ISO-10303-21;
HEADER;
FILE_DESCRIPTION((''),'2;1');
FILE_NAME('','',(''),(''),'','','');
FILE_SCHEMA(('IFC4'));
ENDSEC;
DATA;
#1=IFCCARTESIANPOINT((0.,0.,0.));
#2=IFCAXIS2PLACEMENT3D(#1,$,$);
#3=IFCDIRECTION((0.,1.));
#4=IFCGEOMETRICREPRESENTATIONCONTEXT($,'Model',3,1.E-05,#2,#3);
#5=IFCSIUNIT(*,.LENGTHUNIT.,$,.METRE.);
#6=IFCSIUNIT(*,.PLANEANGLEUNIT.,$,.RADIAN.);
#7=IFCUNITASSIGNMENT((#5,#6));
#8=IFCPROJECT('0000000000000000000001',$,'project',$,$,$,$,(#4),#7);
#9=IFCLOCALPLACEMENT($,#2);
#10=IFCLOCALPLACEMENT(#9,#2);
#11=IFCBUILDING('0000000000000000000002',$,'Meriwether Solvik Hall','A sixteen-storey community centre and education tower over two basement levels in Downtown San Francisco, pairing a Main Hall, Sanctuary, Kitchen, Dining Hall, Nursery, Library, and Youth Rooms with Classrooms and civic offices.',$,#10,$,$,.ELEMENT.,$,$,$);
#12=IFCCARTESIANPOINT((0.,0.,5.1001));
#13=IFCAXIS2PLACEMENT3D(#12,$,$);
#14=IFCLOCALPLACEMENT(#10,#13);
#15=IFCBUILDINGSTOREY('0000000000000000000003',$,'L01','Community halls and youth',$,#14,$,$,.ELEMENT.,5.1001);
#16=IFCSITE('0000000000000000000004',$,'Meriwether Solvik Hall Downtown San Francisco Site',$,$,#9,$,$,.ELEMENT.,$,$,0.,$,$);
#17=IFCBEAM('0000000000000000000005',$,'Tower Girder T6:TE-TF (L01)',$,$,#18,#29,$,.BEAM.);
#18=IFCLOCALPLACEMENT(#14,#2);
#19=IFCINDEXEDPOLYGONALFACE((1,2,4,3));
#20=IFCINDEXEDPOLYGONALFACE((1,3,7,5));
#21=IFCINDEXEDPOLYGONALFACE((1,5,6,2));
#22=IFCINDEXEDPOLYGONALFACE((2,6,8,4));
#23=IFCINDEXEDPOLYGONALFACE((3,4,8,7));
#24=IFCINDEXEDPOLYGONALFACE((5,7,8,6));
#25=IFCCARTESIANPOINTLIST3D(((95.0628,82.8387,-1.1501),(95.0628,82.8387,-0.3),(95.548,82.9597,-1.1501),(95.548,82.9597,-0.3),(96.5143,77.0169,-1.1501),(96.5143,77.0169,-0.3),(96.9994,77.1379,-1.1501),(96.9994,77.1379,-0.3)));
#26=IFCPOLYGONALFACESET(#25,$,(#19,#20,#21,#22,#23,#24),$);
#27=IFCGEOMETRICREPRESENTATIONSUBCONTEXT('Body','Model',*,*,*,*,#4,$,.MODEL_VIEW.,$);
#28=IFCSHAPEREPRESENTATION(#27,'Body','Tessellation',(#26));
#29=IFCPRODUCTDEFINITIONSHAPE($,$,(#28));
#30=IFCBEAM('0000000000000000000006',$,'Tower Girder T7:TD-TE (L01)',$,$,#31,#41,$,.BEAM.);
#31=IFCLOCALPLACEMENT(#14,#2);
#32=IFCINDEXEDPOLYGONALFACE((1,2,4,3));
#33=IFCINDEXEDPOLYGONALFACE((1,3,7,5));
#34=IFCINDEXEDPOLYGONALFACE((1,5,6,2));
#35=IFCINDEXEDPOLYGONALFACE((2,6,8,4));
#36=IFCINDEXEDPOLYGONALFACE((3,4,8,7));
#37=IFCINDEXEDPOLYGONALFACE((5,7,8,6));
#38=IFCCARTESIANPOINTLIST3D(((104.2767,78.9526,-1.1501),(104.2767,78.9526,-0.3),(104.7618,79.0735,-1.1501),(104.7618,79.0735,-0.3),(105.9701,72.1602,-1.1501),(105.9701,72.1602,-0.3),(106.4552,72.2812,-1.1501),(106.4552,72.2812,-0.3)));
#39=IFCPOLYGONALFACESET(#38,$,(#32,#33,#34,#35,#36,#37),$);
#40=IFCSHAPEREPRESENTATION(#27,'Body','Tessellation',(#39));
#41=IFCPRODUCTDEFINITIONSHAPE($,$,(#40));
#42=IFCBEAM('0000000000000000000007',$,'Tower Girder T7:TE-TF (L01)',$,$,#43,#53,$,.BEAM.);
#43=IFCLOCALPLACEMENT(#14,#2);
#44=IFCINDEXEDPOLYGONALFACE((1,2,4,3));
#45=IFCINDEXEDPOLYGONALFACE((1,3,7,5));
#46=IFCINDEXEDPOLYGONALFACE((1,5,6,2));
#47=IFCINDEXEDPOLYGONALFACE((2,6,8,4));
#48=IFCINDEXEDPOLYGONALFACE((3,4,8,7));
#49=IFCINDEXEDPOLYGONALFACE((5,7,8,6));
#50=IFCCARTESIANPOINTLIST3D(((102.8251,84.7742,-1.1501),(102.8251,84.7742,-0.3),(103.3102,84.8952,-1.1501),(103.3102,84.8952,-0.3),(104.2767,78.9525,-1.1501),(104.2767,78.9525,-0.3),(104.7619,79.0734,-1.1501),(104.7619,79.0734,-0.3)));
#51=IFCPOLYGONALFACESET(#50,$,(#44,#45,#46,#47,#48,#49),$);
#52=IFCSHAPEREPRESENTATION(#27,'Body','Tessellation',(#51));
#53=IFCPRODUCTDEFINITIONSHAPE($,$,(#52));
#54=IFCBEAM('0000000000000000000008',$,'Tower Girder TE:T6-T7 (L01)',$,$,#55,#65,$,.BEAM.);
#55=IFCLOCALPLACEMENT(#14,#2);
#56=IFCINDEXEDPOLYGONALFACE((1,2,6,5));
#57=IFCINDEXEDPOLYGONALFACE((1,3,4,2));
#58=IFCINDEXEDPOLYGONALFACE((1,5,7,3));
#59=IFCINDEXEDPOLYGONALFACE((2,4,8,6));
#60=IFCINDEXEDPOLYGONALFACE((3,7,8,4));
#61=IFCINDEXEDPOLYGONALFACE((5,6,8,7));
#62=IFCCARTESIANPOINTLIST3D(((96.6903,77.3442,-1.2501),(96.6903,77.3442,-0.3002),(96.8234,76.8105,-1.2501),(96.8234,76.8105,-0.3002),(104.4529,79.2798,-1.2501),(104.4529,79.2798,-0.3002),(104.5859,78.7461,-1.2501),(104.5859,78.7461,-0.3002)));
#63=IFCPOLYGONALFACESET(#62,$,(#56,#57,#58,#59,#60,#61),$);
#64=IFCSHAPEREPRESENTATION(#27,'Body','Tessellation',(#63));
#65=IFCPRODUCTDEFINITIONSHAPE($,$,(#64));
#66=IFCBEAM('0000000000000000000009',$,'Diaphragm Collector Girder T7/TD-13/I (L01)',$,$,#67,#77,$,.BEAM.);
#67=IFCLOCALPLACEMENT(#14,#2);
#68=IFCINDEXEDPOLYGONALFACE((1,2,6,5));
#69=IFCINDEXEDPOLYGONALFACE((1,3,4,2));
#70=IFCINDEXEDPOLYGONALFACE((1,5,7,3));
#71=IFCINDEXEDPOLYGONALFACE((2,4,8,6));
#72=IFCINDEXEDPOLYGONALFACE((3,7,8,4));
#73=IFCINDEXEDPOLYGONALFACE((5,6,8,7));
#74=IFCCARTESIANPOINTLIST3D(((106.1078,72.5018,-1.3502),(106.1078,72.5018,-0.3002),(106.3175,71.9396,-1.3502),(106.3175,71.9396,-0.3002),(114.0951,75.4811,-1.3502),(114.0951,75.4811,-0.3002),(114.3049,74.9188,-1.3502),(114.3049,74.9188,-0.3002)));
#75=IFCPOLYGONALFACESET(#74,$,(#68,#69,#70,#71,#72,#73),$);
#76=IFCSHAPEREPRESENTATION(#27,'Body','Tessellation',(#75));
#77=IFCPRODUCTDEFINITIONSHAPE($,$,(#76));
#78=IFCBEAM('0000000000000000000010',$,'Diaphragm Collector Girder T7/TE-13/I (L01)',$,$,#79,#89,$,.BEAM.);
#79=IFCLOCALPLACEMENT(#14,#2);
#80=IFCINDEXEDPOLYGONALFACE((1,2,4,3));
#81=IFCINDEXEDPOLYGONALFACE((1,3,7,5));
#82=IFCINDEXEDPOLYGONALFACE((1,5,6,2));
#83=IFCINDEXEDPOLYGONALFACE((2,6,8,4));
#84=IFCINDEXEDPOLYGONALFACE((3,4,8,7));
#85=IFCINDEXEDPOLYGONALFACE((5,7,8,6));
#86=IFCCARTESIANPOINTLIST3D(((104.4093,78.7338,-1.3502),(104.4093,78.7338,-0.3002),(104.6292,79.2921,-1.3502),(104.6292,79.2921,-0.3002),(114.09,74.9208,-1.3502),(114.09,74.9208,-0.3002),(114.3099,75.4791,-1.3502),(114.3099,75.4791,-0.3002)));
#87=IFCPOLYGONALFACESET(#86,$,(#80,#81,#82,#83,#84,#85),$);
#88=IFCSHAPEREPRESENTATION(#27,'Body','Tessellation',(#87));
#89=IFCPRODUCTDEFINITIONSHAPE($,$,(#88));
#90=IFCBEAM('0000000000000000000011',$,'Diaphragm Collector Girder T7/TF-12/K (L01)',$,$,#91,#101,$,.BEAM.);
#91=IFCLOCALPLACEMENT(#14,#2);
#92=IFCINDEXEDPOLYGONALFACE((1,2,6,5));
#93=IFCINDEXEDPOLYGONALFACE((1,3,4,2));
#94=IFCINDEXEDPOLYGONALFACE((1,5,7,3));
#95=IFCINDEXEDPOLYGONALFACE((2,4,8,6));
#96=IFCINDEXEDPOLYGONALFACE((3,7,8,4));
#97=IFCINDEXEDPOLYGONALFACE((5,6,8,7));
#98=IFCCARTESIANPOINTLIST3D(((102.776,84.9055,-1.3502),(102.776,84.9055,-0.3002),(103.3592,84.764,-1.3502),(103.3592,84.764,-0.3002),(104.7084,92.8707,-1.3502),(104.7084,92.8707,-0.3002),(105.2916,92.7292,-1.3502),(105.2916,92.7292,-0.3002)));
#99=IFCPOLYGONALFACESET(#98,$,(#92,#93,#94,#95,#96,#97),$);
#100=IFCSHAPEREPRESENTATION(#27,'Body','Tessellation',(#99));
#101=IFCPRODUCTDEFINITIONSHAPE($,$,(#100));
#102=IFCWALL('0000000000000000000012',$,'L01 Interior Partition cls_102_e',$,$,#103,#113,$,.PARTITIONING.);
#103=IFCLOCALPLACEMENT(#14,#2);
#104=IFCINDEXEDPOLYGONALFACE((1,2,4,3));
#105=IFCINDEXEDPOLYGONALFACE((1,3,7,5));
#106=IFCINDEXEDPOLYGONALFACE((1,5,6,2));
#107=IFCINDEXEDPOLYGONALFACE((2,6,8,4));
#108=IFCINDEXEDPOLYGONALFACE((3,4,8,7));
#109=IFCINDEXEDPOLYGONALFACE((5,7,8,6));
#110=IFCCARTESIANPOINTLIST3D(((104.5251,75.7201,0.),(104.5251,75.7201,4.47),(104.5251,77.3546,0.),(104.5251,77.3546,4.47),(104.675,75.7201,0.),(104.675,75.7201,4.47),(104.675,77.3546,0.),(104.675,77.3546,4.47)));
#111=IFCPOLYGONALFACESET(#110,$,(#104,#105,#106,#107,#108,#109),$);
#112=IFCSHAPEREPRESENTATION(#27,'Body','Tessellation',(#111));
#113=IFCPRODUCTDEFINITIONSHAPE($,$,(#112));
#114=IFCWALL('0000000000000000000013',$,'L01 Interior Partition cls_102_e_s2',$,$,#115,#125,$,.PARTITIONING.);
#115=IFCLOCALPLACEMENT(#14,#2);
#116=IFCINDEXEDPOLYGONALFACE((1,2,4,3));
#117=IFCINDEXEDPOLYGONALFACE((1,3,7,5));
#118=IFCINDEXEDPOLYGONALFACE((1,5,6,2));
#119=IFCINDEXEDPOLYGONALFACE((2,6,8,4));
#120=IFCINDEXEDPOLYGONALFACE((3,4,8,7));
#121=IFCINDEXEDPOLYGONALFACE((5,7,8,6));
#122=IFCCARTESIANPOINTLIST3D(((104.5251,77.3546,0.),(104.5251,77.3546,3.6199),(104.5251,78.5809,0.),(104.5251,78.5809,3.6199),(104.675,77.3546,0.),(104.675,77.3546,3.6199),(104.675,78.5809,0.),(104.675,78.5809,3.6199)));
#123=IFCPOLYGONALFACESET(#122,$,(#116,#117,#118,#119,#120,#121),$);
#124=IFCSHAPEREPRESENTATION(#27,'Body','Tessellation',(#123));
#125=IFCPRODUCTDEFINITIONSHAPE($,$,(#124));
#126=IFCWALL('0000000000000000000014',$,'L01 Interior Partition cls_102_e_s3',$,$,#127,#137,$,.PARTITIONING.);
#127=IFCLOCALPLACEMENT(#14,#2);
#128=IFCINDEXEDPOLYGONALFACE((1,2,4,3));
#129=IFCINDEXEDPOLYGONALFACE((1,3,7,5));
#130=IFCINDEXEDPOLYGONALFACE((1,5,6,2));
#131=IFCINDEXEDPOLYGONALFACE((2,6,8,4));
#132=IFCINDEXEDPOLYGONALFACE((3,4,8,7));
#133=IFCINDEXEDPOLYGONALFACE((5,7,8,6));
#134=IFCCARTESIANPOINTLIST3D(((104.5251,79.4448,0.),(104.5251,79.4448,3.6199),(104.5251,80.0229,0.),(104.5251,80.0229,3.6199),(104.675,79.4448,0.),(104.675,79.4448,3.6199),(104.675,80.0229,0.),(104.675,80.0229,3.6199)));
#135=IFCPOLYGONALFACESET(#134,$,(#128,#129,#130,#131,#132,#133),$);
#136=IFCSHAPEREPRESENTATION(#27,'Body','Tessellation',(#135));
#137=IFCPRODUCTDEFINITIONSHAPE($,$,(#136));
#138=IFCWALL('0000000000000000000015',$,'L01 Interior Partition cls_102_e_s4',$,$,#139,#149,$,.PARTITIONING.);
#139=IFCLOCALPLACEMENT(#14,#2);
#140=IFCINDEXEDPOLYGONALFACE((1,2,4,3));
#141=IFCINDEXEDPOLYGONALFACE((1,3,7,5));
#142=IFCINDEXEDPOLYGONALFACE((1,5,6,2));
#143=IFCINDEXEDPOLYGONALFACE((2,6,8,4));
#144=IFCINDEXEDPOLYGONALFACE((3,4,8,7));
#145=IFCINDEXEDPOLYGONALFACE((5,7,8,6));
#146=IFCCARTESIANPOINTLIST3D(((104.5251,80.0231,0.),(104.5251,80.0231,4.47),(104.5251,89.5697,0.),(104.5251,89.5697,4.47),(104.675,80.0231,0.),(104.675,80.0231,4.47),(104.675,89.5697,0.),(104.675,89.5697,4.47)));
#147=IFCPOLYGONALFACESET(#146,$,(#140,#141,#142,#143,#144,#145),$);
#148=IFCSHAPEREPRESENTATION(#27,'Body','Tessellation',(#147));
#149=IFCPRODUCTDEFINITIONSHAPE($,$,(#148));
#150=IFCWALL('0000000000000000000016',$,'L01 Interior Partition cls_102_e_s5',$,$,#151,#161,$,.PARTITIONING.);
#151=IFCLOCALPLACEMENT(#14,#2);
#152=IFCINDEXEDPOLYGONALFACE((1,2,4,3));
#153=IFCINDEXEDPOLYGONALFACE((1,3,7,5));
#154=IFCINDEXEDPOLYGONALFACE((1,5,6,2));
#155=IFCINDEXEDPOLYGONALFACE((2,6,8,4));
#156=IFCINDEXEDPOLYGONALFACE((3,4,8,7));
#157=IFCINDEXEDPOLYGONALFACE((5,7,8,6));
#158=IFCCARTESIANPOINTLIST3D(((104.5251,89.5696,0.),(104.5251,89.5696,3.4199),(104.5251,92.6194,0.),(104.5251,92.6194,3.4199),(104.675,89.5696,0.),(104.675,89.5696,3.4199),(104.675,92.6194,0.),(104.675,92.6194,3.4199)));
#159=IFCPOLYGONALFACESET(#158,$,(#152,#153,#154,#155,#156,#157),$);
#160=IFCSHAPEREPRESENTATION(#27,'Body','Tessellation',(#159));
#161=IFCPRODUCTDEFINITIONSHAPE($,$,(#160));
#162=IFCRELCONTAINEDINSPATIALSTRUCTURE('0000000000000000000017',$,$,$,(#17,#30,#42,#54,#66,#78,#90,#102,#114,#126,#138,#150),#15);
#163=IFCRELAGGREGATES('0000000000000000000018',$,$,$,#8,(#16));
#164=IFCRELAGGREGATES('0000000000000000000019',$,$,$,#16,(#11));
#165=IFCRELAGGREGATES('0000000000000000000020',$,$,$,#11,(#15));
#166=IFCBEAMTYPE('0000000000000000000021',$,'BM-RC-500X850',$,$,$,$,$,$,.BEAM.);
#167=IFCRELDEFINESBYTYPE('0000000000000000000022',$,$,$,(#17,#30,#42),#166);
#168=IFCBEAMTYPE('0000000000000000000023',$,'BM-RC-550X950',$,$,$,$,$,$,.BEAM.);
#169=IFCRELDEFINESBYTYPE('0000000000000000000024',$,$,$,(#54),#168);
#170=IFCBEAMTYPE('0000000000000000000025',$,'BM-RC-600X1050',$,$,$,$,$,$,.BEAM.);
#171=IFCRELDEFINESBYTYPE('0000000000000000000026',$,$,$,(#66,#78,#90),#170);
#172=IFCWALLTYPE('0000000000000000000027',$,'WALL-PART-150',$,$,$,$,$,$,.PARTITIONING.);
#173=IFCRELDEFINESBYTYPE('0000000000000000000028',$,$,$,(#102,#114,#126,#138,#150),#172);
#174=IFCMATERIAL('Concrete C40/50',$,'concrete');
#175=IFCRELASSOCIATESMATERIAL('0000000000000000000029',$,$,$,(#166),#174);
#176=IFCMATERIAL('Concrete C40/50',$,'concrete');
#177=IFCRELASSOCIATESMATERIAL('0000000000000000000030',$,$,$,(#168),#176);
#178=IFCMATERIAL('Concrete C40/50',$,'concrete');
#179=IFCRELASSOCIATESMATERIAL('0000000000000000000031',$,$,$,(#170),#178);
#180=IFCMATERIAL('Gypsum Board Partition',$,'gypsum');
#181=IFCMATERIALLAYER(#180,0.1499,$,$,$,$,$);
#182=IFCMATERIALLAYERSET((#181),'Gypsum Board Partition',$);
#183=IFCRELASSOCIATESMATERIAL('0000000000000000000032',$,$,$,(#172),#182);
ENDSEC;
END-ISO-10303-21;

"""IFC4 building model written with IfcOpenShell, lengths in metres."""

from ifc_helpers import new_model, si_unit, direction, frame, frame_2d, origin, origin_2d, place, context, subcontext, project, spatial, rectangle, extrude, material, layer, layer_set, material_profile, profile_set, type_object, element, save


model = new_model("IFC4")

# Units and contexts
model_context = context("Model", 3, precision=1e-05, world=origin(), true_north=direction((0.0, 1.0)))
body_context = subcontext(model_context, "Body", "Model", "MODEL_VIEW")
ifc_project = project(units=[si_unit("LENGTHUNIT", "METRE"), si_unit("PLANEANGLEUNIT", "RADIAN")], contexts=[model_context])

# Site, building, storey
site_placement = place(None, origin())
site = spatial("IfcSite", under=ifc_project, at=site_placement, Name="Meriwether Solvik Hall Downtown San Francisco Site", CompositionType="ELEMENT", RefElevation=0.0)
building_placement = place(site_placement, origin())
building = spatial("IfcBuilding", under=site, at=building_placement, Name="Meriwether Solvik Hall", Description="A sixteen-storey community centre and education tower over two basement levels in Downtown San Francisco, pairing a Main Hall, Sanctuary, Kitchen, Dining Hall, Nursery, Library, and Youth Rooms with Classrooms and civic offices.", CompositionType="ELEMENT")
storey_placement = place(building_placement, frame((0.0, 0.0, 5.1001)))
storey = spatial("IfcBuildingStorey", under=building, at=storey_placement, Name="L01", Description="Community halls and youth", CompositionType="ELEMENT", Elevation=5.1001)

# Beams
ifc_material_1 = material(Name="Concrete C40/50", Category="concrete")
ifc_material_profile_1 = material_profile(ifc_material_1, rectangle(XDim=0.5, YDim=0.8501, at=origin_2d()), Name="RCB-500X850")
ifc_profile_set_1 = profile_set([ifc_material_profile_1], Name="Concrete C40/50")
beam_type_1 = type_object("IfcBeamType", Name="BM-RC-500X850", PredefinedType="BEAM", material=ifc_profile_set_1)
beam_1_placement = place(storey_placement, frame((96.7568, 77.0774, -0.7251), z_axis=(-0.241904, 0.9703, 0.0), x_axis=(-0.9703, -0.241904, 0.0)))
element("IfcBeam", 1, at=beam_1_placement, inside=storey, type_object=beam_type_1, Name="Tower Girder T6:TE-TF (L01)", PredefinedType="BEAM", context=body_context, shape_type="SweptSolid", body=[
    extrude(rectangle(XDim=0.5, YDim=0.8501, at=origin_2d()), origin(), (0.0, 0.0, 1.0), 6.0),
])
beam_2_placement = place(storey_placement, frame((106.2126, 72.2207, -0.7251), z_axis=(-0.241904, 0.9703, 0.0), x_axis=(-0.9703, -0.241904, 0.0)))
element("IfcBeam", 2, at=beam_2_placement, inside=storey, type_object=beam_type_1, Name="Tower Girder T7:TD-TE (L01)", PredefinedType="BEAM", context=body_context, shape_type="SweptSolid", body=[
    extrude(rectangle(XDim=0.5, YDim=0.8501, at=origin_2d()), origin(), (0.0, 0.0, 1.0), 7.0002),
])
beam_3_placement = place(storey_placement, frame((104.5193, 79.0129, -0.7251), z_axis=(-0.241942, 0.970291, 0.0), x_axis=(-0.970291, -0.241942, 0.0)))
element("IfcBeam", 3, at=beam_3_placement, inside=storey, type_object=beam_type_1, Name="Tower Girder T7:TE-TF (L01)", PredefinedType="BEAM", context=body_context, shape_type="SweptSolid", body=[
    extrude(rectangle(XDim=0.5, YDim=0.8501, at=origin_2d()), origin(), (0.0, 0.0, 1.0), 6.0),
])
ifc_material_2 = material(Name="Concrete C40/50", Category="concrete")
ifc_material_profile_2 = material_profile(ifc_material_2, rectangle(XDim=0.55, YDim=0.95, at=origin_2d()), Name="RCB-550X950")
ifc_profile_set_2 = profile_set([ifc_material_profile_2], Name="Concrete C40/50")
beam_type_2 = type_object("IfcBeamType", Name="BM-RC-550X950", PredefinedType="BEAM", material=ifc_profile_set_2)
beam_4_placement = place(storey_placement, frame((96.7568, 77.0774, -0.7751), z_axis=(0.970291, 0.24194, 0.0), x_axis=(-0.24194, 0.970291, 0.0)))
element("IfcBeam", 4, at=beam_4_placement, inside=storey, type_object=beam_type_2, Name="Tower Girder TE:T6-T7 (L01)", PredefinedType="BEAM", context=body_context, shape_type="SweptSolid", body=[
    extrude(rectangle(XDim=0.55, YDim=0.95, at=origin_2d()), origin(), (0.0, 0.0, 1.0), 8.0002),
])
ifc_material_3 = material(Name="Concrete C40/50", Category="concrete")
ifc_material_profile_3 = material_profile(ifc_material_3, rectangle(XDim=0.6001, YDim=1.05, at=origin_2d()), Name="RCB-600X1050")
ifc_profile_set_3 = profile_set([ifc_material_profile_3], Name="Concrete C40/50")
beam_type_3 = type_object("IfcBeamType", Name="BM-RC-600X1050", PredefinedType="BEAM", material=ifc_profile_set_3)
beam_5_placement = place(storey_placement, frame((106.2126, 72.2207, -0.8252), z_axis=(0.936944, 0.349478, 0.0), x_axis=(-0.349478, 0.936944, 0.0)))
element("IfcBeam", 5, at=beam_5_placement, inside=storey, type_object=beam_type_3, Name="Diaphragm Collector Girder T7/TD-13/I (L01)", PredefinedType="BEAM", context=body_context, shape_type="SweptSolid", body=[
    extrude(rectangle(XDim=0.6001, YDim=1.05, at=origin_2d()), origin(), (0.0, 0.0, 1.0), 8.5249),
])
beam_6_placement = place(storey_placement, frame((104.5193, 79.0129, -0.8252), z_axis=(0.930428, -0.366474, 0.0), x_axis=(0.366474, 0.930428, 0.0)))
element("IfcBeam", 6, at=beam_6_placement, inside=storey, type_object=beam_type_3, Name="Diaphragm Collector Girder T7/TE-13/I (L01)", PredefinedType="BEAM", context=body_context, shape_type="SweptSolid", body=[
    extrude(rectangle(XDim=0.6001, YDim=1.05, at=origin_2d()), origin(), (0.0, 0.0, 1.0), 10.4045),
])
beam_7_placement = place(storey_placement, frame((103.0676, 84.8347, -0.8252), z_axis=(0.235759, 0.971811, 0.0), x_axis=(-0.971811, 0.235759, 0.0)))
element("IfcBeam", 7, at=beam_7_placement, inside=storey, type_object=beam_type_3, Name="Diaphragm Collector Girder T7/TF-12/K (L01)", PredefinedType="BEAM", context=body_context, shape_type="SweptSolid", body=[
    extrude(rectangle(XDim=0.6001, YDim=1.05, at=origin_2d()), origin(), (0.0, 0.0, 1.0), 8.1963),
])

# Walls
ifc_material_4 = material(Name="Gypsum Board Partition", Category="gypsum")
ifc_layer = layer(ifc_material_4, 0.1499)
ifc_layer_set = layer_set([ifc_layer], Name="Gypsum Board Partition")
wall_type = type_object("IfcWallType", Name="WALL-PART-150", PredefinedType="PARTITIONING", material=ifc_layer_set)
wall_1_placement = place(storey_placement, frame((104.6001, 75.72, 0.0), z_axis=(0.0, 0.0, 1.0), x_axis=(0.0, 1.0, 0.0)))
element("IfcWall", 8, at=wall_1_placement, inside=storey, type_object=wall_type, Name="L01 Interior Partition cls_102_e", PredefinedType="PARTITIONING", context=body_context, shape_type="SweptSolid", body=[
    extrude(rectangle(XDim=1.6345, YDim=0.1499, at=frame_2d((0.8174, 0.0))), origin(), (0.0, 0.0, 1.0), 4.47),
])
wall_2_placement = place(storey_placement, frame((104.6001, 77.3545, 0.0), z_axis=(0.0, 0.0, 1.0), x_axis=(0.0, 1.0, 0.0)))
element("IfcWall", 9, at=wall_2_placement, inside=storey, type_object=wall_type, Name="L01 Interior Partition cls_102_e_s2", PredefinedType="PARTITIONING", context=body_context, shape_type="SweptSolid", body=[
    extrude(rectangle(XDim=1.2263, YDim=0.1499, at=frame_2d((0.6133, 0.0))), origin(), (0.0, 0.0, 1.0), 3.6199),
])
wall_3_placement = place(storey_placement, frame((104.6001, 79.4448, 0.0), z_axis=(0.0, 0.0, 1.0), x_axis=(0.0, 1.0, 0.0)))
element("IfcWall", 10, at=wall_3_placement, inside=storey, type_object=wall_type, Name="L01 Interior Partition cls_102_e_s3", PredefinedType="PARTITIONING", context=body_context, shape_type="SweptSolid", body=[
    extrude(rectangle(XDim=0.5781, YDim=0.1499, at=frame_2d((0.2891, 0.0))), origin(), (0.0, 0.0, 1.0), 3.6199),
])
wall_4_placement = place(storey_placement, frame((104.6001, 80.0229, 0.0), z_axis=(0.0, 0.0, 1.0), x_axis=(0.0, 1.0, 0.0)))
element("IfcWall", 11, at=wall_4_placement, inside=storey, type_object=wall_type, Name="L01 Interior Partition cls_102_e_s4", PredefinedType="PARTITIONING", context=body_context, shape_type="SweptSolid", body=[
    extrude(rectangle(XDim=9.5466, YDim=0.1499, at=frame_2d((4.7734, 0.0))), origin(), (0.0, 0.0, 1.0), 4.47),
])
wall_5_placement = place(storey_placement, frame((104.6001, 89.5696, 0.0), z_axis=(0.0, 0.0, 1.0), x_axis=(0.0, 1.0, 0.0)))
element("IfcWall", 12, at=wall_5_placement, inside=storey, type_object=wall_type, Name="L01 Interior Partition cls_102_e_s5", PredefinedType="PARTITIONING", context=body_context, shape_type="SweptSolid", body=[
    extrude(rectangle(XDim=3.0498, YDim=0.1499, at=frame_2d((1.5249, 0.0))), origin(), (0.0, 0.0, 1.0), 3.4199),
])

save(model, "model.ifc")
